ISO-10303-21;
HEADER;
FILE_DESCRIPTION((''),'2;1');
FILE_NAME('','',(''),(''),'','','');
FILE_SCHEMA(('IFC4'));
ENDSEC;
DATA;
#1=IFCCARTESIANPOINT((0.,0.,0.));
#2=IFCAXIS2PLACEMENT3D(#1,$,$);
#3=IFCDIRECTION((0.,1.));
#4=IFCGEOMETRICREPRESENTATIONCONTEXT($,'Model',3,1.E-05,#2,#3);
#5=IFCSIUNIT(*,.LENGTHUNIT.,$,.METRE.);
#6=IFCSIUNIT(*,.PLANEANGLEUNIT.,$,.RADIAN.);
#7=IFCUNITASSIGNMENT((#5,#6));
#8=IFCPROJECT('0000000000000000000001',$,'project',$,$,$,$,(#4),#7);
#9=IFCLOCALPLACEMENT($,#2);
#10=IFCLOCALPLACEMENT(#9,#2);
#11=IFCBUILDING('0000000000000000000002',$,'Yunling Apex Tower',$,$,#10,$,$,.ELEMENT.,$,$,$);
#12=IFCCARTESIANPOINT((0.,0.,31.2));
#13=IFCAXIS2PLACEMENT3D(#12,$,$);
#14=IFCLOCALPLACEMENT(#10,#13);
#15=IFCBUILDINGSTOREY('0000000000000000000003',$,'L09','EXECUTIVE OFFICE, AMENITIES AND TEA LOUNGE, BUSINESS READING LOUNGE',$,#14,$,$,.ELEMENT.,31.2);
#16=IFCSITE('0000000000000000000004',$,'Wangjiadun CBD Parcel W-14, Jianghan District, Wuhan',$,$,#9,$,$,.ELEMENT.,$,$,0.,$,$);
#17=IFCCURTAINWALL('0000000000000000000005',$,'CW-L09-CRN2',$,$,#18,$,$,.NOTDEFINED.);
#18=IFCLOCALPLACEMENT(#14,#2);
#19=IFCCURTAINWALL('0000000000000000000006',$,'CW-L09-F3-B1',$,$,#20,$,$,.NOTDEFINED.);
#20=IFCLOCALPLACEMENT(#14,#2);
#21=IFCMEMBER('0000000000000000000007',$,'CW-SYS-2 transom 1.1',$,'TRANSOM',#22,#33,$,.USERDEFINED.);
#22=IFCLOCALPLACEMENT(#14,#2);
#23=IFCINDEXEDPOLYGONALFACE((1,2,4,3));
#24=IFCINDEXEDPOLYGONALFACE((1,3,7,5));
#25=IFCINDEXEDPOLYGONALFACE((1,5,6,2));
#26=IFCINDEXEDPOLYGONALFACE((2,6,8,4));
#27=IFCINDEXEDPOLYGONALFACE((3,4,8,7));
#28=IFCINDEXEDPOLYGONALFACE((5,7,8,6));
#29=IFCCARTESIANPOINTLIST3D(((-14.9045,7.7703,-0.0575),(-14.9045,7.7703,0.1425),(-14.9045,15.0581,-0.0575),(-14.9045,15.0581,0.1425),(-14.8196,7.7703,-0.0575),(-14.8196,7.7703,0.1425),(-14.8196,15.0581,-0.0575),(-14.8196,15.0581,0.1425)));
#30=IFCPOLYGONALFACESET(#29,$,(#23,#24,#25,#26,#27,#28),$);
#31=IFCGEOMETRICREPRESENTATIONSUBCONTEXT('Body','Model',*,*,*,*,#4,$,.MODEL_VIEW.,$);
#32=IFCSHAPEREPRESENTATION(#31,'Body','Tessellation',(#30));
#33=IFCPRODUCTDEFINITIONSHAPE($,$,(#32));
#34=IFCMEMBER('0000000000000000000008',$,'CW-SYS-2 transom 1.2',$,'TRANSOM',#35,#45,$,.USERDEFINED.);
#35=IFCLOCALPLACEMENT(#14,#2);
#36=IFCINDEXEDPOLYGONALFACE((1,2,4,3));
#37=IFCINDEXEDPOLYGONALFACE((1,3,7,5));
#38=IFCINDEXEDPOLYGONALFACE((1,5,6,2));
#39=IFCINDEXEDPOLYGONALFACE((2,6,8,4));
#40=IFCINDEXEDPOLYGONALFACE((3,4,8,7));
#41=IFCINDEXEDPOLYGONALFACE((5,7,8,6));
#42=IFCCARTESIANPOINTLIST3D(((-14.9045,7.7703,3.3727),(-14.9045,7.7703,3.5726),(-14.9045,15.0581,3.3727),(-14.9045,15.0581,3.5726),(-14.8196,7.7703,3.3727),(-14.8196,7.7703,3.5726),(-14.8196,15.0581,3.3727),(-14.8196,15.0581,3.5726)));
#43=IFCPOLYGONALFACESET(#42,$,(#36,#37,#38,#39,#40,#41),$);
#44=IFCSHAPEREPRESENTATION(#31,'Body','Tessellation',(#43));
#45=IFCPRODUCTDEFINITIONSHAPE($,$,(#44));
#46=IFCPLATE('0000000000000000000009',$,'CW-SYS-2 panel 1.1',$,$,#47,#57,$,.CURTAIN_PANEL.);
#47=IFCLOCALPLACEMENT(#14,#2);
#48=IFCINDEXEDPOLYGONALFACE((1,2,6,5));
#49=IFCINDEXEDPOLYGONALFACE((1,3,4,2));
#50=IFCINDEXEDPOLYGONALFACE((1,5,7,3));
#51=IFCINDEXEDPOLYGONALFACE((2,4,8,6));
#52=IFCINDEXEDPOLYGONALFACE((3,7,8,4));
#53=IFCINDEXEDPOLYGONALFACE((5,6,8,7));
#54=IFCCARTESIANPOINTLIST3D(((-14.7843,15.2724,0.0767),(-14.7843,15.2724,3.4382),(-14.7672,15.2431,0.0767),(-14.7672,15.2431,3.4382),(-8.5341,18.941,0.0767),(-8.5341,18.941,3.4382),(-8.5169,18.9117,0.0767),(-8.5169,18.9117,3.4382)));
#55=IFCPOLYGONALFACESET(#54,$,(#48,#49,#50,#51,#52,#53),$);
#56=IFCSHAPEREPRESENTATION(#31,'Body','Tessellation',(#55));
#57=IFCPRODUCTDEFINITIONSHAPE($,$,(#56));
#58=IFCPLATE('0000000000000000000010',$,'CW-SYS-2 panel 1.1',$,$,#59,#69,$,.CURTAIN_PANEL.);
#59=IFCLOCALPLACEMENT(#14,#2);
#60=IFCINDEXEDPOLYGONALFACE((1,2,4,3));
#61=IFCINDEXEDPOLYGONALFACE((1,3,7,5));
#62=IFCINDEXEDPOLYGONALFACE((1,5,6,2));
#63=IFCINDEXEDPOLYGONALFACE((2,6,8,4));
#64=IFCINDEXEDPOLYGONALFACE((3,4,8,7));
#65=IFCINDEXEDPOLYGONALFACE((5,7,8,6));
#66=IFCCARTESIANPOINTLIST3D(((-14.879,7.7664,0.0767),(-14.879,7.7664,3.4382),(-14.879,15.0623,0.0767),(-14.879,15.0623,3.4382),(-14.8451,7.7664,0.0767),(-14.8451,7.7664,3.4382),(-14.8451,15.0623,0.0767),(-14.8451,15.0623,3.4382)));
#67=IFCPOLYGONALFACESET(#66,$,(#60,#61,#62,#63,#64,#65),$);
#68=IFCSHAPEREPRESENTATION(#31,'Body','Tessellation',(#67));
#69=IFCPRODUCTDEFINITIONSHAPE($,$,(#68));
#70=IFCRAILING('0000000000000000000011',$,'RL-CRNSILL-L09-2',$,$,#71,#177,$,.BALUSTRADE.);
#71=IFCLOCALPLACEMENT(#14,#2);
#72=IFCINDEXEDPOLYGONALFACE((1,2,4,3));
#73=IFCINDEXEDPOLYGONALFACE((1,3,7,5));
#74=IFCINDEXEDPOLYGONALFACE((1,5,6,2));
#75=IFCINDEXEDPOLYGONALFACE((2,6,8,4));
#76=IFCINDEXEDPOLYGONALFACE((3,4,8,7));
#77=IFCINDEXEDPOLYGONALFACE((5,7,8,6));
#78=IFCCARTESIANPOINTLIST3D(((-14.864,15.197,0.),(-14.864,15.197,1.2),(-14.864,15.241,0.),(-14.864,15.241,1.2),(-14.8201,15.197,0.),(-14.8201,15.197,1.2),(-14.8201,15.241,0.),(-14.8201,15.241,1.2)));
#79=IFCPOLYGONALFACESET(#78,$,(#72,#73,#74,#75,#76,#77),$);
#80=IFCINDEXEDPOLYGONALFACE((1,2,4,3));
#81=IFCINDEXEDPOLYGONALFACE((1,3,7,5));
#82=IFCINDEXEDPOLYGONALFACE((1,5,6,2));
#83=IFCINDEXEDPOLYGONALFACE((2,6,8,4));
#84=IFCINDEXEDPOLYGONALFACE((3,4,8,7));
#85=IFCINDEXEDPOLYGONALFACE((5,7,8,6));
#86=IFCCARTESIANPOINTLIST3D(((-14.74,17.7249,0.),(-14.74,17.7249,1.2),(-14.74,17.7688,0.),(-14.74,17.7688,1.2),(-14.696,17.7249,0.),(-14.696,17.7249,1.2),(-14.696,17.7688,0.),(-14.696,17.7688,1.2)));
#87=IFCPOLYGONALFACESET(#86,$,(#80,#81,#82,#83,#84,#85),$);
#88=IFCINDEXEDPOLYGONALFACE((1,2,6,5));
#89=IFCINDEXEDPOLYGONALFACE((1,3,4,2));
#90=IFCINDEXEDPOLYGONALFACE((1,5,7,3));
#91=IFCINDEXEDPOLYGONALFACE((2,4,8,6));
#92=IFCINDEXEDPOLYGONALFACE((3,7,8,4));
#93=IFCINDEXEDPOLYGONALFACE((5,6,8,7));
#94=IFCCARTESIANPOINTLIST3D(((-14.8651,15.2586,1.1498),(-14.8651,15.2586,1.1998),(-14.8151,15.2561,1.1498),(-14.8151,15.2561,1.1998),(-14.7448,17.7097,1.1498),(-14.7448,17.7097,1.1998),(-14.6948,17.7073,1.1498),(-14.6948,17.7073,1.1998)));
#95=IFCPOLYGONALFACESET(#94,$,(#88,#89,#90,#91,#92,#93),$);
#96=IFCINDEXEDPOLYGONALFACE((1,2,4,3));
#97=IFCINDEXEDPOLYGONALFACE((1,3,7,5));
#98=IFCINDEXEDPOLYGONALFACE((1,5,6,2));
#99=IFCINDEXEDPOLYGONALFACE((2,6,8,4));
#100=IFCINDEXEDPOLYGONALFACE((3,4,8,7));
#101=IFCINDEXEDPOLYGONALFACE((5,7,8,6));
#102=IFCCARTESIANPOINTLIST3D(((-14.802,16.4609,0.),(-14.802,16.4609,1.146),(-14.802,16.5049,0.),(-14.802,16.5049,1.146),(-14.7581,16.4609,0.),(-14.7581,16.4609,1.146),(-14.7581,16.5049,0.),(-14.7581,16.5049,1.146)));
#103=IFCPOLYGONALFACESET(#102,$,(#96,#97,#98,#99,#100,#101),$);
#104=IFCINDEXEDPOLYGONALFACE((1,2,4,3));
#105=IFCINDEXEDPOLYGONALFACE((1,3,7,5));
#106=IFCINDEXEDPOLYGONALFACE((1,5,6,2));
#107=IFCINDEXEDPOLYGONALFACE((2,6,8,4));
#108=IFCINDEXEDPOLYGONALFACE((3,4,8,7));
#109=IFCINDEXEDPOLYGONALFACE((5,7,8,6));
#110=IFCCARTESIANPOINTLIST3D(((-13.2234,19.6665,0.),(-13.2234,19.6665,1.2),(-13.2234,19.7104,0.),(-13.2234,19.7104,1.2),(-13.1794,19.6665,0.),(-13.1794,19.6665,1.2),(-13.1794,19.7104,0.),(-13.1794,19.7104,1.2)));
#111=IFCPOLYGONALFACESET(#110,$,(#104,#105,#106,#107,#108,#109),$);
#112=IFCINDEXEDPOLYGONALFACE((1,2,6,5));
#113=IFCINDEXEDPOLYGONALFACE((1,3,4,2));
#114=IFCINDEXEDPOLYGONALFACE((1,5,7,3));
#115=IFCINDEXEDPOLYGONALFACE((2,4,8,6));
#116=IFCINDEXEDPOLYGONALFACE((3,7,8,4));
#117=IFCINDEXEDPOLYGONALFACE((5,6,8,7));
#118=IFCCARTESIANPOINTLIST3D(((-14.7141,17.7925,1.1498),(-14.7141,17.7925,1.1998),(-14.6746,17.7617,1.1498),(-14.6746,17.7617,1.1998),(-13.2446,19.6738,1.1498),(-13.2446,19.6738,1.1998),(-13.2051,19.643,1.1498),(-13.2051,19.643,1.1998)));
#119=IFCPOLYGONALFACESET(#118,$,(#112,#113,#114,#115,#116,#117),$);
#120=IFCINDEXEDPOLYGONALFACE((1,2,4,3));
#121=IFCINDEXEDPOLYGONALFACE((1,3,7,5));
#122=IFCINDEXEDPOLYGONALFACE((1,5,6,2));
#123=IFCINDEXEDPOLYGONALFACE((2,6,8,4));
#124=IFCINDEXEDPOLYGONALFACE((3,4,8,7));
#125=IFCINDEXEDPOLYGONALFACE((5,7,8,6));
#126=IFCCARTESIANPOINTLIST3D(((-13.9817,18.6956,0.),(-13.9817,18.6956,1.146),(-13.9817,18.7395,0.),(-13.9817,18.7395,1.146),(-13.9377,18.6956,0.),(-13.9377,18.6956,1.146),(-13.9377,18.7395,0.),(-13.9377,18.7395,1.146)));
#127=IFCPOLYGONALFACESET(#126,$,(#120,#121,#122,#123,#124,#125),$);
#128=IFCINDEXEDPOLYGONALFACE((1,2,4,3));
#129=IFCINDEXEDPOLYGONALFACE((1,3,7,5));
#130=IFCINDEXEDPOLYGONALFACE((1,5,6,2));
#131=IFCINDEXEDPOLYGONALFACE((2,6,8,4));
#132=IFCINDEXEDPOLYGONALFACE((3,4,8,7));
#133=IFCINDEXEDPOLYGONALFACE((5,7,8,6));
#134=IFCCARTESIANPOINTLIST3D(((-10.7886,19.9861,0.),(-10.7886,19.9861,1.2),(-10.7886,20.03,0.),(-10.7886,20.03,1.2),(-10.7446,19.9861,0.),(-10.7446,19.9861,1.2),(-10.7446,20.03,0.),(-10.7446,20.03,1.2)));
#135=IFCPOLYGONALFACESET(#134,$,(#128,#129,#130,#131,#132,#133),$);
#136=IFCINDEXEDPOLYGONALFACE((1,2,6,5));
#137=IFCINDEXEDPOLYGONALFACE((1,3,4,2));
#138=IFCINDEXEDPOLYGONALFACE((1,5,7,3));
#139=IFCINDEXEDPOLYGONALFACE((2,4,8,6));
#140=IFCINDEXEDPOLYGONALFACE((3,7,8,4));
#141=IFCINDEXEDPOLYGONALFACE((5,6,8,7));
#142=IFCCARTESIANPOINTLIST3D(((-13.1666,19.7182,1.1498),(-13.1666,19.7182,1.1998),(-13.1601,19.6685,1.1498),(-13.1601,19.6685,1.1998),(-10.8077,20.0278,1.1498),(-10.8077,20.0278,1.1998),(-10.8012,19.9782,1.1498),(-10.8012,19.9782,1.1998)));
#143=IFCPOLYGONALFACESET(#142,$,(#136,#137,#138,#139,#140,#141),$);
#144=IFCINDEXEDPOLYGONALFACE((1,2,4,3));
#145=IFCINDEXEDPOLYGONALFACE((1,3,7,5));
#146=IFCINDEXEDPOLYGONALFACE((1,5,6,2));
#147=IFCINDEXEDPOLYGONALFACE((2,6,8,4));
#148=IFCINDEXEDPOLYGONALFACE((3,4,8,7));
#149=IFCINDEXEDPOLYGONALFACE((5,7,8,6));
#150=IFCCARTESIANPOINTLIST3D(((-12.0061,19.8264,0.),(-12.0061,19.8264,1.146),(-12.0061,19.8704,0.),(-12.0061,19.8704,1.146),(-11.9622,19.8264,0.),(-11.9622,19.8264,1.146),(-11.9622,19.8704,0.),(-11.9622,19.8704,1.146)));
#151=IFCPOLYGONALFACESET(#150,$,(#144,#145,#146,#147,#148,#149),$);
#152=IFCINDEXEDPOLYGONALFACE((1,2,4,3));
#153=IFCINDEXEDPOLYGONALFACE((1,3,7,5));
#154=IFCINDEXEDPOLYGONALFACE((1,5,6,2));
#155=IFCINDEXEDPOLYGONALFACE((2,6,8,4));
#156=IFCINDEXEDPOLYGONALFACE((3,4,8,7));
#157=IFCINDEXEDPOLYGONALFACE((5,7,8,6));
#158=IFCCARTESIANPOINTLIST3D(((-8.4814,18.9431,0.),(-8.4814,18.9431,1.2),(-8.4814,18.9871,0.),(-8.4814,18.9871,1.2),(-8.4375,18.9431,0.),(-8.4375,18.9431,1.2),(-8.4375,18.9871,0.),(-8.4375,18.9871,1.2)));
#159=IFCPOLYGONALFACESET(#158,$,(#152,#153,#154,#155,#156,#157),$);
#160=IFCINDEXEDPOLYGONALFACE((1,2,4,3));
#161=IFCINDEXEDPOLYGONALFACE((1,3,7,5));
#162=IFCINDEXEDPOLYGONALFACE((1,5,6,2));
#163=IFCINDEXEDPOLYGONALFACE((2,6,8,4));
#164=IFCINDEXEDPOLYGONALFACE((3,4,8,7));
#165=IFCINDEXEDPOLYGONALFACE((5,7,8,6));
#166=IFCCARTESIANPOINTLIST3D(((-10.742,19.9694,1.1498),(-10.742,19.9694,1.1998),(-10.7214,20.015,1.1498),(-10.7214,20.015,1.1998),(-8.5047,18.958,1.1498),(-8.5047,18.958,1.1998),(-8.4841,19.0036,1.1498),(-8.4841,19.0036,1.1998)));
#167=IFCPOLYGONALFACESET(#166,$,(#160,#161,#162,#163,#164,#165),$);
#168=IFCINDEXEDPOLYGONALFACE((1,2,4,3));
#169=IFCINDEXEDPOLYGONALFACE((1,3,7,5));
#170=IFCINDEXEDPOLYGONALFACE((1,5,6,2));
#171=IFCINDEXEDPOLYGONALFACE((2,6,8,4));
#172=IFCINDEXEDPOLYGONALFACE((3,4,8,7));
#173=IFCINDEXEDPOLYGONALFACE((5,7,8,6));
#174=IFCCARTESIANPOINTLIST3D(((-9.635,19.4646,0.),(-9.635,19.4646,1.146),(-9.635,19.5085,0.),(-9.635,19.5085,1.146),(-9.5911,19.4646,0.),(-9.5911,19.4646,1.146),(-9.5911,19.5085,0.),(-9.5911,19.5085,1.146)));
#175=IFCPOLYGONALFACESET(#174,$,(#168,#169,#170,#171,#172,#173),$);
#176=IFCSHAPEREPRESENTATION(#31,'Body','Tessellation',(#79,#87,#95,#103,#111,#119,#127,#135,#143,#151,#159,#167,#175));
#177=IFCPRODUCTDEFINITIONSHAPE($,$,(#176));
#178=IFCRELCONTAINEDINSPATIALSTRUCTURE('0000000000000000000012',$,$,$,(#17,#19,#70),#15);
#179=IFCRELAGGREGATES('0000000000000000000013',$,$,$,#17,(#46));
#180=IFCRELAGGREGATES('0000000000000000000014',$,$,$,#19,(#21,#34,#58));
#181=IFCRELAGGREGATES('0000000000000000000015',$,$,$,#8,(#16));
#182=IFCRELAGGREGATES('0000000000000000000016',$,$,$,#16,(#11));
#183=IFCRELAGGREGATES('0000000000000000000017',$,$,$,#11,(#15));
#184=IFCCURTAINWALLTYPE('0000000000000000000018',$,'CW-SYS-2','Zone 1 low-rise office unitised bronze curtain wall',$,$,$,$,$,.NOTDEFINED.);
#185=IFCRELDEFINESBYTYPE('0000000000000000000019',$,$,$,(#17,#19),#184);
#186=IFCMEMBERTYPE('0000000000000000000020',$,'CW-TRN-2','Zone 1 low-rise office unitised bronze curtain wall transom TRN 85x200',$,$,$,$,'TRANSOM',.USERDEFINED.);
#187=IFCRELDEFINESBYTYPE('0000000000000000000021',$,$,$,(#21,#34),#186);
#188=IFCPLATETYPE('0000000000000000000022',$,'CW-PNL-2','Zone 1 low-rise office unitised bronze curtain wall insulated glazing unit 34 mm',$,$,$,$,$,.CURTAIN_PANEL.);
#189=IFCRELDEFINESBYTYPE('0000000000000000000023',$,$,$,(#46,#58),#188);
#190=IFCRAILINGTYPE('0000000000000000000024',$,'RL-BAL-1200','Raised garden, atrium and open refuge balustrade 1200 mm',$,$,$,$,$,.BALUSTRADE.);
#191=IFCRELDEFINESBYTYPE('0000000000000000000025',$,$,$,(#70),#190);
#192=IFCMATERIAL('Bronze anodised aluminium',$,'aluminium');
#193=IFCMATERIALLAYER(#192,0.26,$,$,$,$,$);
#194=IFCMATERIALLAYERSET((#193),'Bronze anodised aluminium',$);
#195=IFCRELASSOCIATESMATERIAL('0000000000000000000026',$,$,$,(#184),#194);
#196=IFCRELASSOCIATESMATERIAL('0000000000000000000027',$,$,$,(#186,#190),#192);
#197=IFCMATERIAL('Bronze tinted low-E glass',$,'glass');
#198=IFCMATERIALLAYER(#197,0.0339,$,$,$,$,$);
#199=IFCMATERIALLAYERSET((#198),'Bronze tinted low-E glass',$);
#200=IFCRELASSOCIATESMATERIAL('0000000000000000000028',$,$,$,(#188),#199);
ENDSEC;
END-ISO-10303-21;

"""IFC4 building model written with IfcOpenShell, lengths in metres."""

from ifc_helpers import new_model, si_unit, direction, frame, origin, origin_2d, place, context, subcontext, project, spatial, rectangle, extrude, source, transform, mapped, material, layer, layer_set, material_profile, profile_set, type_object, element, aggregate, save


model = new_model("IFC4")

# Units and contexts
model_context = context("Model", 3, precision=1e-05, world=origin(), true_north=direction((0.0, 1.0)))
body_context = subcontext(model_context, "Body", "Model", "MODEL_VIEW")
ifc_project = project(units=[si_unit("LENGTHUNIT", "METRE"), si_unit("PLANEANGLEUNIT", "RADIAN")], contexts=[model_context])

# Site, building, storey
site_placement = place(None, origin())
site = spatial("IfcSite", under=ifc_project, at=site_placement, Name="Wangjiadun CBD Parcel W-14, Jianghan District, Wuhan", CompositionType="ELEMENT", RefElevation=0.0)
building_placement = place(site_placement, origin())
building = spatial("IfcBuilding", under=site, at=building_placement, Name="Yunling Apex Tower", CompositionType="ELEMENT")
storey_placement = place(building_placement, frame((0.0, 0.0, 31.2)))
storey = spatial("IfcBuildingStorey", under=building, at=storey_placement, Name="L09", Description="EXECUTIVE OFFICE, AMENITIES AND TEA LOUNGE, BUSINESS READING LOUNGE", CompositionType="ELEMENT", Elevation=31.2)

# Curtain wall
ifc_material_1 = material(Name="Bronze anodised aluminium", Category="aluminium")
ifc_layer_1 = layer(ifc_material_1, 0.26)
ifc_layer_set_1 = layer_set([ifc_layer_1], Name="Bronze anodised aluminium")
curtain_wall_type = type_object("IfcCurtainWallType", Name="CW-SYS-2", Description="Zone 1 low-rise office unitised bronze curtain wall", PredefinedType="NOTDEFINED", material=ifc_layer_set_1)
curtain_wall_1_placement = place(storey_placement, origin())
curtain_wall_1 = element("IfcCurtainWall", 1, at=curtain_wall_1_placement, inside=storey, type_object=curtain_wall_type, Name="CW-L09-CRN2", PredefinedType="NOTDEFINED")

# Curtain wall, members
curtain_wall_2_placement = place(storey_placement, origin())
curtain_wall_2 = element("IfcCurtainWall", 2, at=curtain_wall_2_placement, inside=storey, type_object=curtain_wall_type, Name="CW-L09-F3-B1", PredefinedType="NOTDEFINED")
ifc_material_profile_1 = material_profile(ifc_material_1, rectangle(XDim=0.085, YDim=0.2, at=origin_2d()))
ifc_profile_set_1 = profile_set([ifc_material_profile_1], Name="Bronze anodised aluminium")
member_type_1 = type_object("IfcMemberType", Name="CW-TRN-2", Description="Zone 1 low-rise office unitised bronze curtain wall transom TRN 85x200", ElementType="TRANSOM", PredefinedType="USERDEFINED", material=ifc_profile_set_1)
shared_shape_1 = source(origin(), body_context, "Body", "SweptSolid", [
    extrude(rectangle(XDim=0.085, YDim=0.2, at=origin_2d()), origin(), (0.0, 0.0, 1.0), 7.2878),
])
member_1_placement = place(storey_placement, frame((-14.8621, 15.0581, 0.0425), z_axis=(0.0, -1.0, 0.0), x_axis=(1.0, 0.0, 0.0)))
member_1 = element("IfcMember", 3, at=member_1_placement, type_object=member_type_1, Name="CW-SYS-2 transom 1.1", ObjectType="TRANSOM", PredefinedType="USERDEFINED", context=body_context, shape_type="MappedRepresentation", body=[
    mapped(shared_shape_1, transform((0.0, 0.0, 0.0), scale=1.0)),
])
member_2_placement = place(storey_placement, frame((-14.8621, 15.0581, 3.4727), z_axis=(0.0, -1.0, 0.0), x_axis=(1.0, 0.0, 0.0)))
member_2 = element("IfcMember", 4, at=member_2_placement, type_object=member_type_1, Name="CW-SYS-2 transom 1.2", ObjectType="TRANSOM", PredefinedType="USERDEFINED", context=body_context, shape_type="MappedRepresentation", body=[
    mapped(shared_shape_1, transform((0.0, 0.0, 0.0), scale=1.0)),
])

# Plates
ifc_material_2 = material(Name="Bronze tinted low-E glass", Category="glass")
ifc_layer_2 = layer(ifc_material_2, 0.0339)
ifc_layer_set_2 = layer_set([ifc_layer_2], Name="Bronze tinted low-E glass")
plate_type = type_object("IfcPlateType", Name="CW-PNL-2", Description="Zone 1 low-rise office unitised bronze curtain wall insulated glazing unit 34 mm", PredefinedType="CURTAIN_PANEL", material=ifc_layer_set_2)
shared_shape_2 = source(origin(), body_context, "Body", "SweptSolid", [
    extrude(rectangle(XDim=7.2473, YDim=0.0339, at=origin_2d()), origin(), (0.0, 0.0, 1.0), 3.3616),
])
plate_1_placement = place(storey_placement, frame((-11.6506, 17.092, 0.0767), z_axis=(0.0, 0.0, 1.0), x_axis=(-0.862419, -0.506196, 0.0)))
plate_1 = element("IfcPlate", 5, at=plate_1_placement, type_object=plate_type, Name="CW-SYS-2 panel 1.1", PredefinedType="CURTAIN_PANEL", context=body_context, shape_type="MappedRepresentation", body=[
    mapped(shared_shape_2, transform((0.0, 0.0, 0.0), scale=1.0)),
])
aggregate(curtain_wall_1, [plate_1])
shared_shape_3 = source(origin(), body_context, "Body", "SweptSolid", [
    extrude(rectangle(XDim=7.2959, YDim=0.0339, at=origin_2d()), origin(), (0.0, 0.0, 1.0), 3.3616),
])
plate_2_placement = place(storey_placement, frame((-14.8621, 11.4143, 0.0767), z_axis=(0.0, 0.0, 1.0), x_axis=(0.0, -1.0, 0.0)))
plate_2 = element("IfcPlate", 6, at=plate_2_placement, type_object=plate_type, Name="CW-SYS-2 panel 1.1", PredefinedType="CURTAIN_PANEL", context=body_context, shape_type="MappedRepresentation", body=[
    mapped(shared_shape_3, transform((0.0, 0.0, 0.0), scale=1.0)),
])
aggregate(curtain_wall_2, [member_1, member_2, plate_2])

# Railing
railing_type = type_object("IfcRailingType", Name="RL-BAL-1200", Description="Raised garden, atrium and open refuge balustrade 1200 mm", PredefinedType="BALUSTRADE", material=ifc_material_1)
railing_placement = place(storey_placement, frame((-14.842, 15.219, 0.0)))
element("IfcRailing", 7, at=railing_placement, inside=storey, type_object=railing_type, Name="RL-CRNSILL-L09-2", PredefinedType="BALUSTRADE", context=body_context, shape_type="SweptSolid", body=[
    extrude(rectangle(XDim=0.0439, YDim=0.0439, at=origin_2d()), origin(), (0.0, 0.0, 1.0), 1.2),
    extrude(rectangle(XDim=0.0439, YDim=0.0439, at=origin_2d()), frame((0.124, 2.5278, 0.0)), (0.0, 0.0, 1.0), 1.2),
    extrude(rectangle(XDim=0.05, YDim=0.05, at=origin_2d()), frame((0.002, 0.0383, 1.1748), z_axis=(0.049004, 0.998799, 0.0), x_axis=(-0.998799, 0.049004, 0.0)), (0.0, 0.0, 1.0), 2.4541),
    extrude(rectangle(XDim=0.0439, YDim=0.0439, at=origin_2d()), frame((0.062, 1.2639, 0.0)), (0.0, 0.0, 1.0), 1.146),
    extrude(rectangle(XDim=0.0439, YDim=0.0439, at=origin_2d()), frame((1.6406, 4.4695, 0.0)), (0.0, 0.0, 1.0), 1.2),
    extrude(rectangle(XDim=0.05, YDim=0.05, at=origin_2d()), frame((0.1477, 2.5581, 1.1748), z_axis=(0.615565, 0.788086, 0.0), x_axis=(-0.788086, 0.615565, 0.0)), (0.0, 0.0, 1.0), 2.3872),
    extrude(rectangle(XDim=0.0439, YDim=0.0439, at=origin_2d()), frame((0.8823, 3.4985, 0.0)), (0.0, 0.0, 1.0), 1.146),
    extrude(rectangle(XDim=0.0439, YDim=0.0439, at=origin_2d()), frame((4.0754, 4.7891, 0.0)), (0.0, 0.0, 1.0), 1.2),
    extrude(rectangle(XDim=0.05, YDim=0.05, at=origin_2d()), frame((1.6787, 4.4744, 1.1748), z_axis=(0.991496, 0.130138, 0.0), x_axis=(-0.130138, 0.991496, 0.0)), (0.0, 0.0, 1.0), 2.3792),
    extrude(rectangle(XDim=0.0439, YDim=0.0439, at=origin_2d()), frame((2.8579, 4.6294, 0.0)), (0.0, 0.0, 1.0), 1.146),
    extrude(rectangle(XDim=0.0439, YDim=0.0439, at=origin_2d()), frame((6.3826, 3.7461, 0.0)), (0.0, 0.0, 1.0), 1.2),
    extrude(rectangle(XDim=0.05, YDim=0.05, at=origin_2d()), frame((4.1104, 4.7732, 1.1748), z_axis=(0.911217, -0.411928, 0.0), x_axis=(0.411928, 0.911217, 0.0)), (0.0, 0.0, 1.0), 2.4553),
    extrude(rectangle(XDim=0.0439, YDim=0.0439, at=origin_2d()), frame((5.229, 4.2676, 0.0)), (0.0, 0.0, 1.0), 1.146),
])

save(model, "model.ifc")
